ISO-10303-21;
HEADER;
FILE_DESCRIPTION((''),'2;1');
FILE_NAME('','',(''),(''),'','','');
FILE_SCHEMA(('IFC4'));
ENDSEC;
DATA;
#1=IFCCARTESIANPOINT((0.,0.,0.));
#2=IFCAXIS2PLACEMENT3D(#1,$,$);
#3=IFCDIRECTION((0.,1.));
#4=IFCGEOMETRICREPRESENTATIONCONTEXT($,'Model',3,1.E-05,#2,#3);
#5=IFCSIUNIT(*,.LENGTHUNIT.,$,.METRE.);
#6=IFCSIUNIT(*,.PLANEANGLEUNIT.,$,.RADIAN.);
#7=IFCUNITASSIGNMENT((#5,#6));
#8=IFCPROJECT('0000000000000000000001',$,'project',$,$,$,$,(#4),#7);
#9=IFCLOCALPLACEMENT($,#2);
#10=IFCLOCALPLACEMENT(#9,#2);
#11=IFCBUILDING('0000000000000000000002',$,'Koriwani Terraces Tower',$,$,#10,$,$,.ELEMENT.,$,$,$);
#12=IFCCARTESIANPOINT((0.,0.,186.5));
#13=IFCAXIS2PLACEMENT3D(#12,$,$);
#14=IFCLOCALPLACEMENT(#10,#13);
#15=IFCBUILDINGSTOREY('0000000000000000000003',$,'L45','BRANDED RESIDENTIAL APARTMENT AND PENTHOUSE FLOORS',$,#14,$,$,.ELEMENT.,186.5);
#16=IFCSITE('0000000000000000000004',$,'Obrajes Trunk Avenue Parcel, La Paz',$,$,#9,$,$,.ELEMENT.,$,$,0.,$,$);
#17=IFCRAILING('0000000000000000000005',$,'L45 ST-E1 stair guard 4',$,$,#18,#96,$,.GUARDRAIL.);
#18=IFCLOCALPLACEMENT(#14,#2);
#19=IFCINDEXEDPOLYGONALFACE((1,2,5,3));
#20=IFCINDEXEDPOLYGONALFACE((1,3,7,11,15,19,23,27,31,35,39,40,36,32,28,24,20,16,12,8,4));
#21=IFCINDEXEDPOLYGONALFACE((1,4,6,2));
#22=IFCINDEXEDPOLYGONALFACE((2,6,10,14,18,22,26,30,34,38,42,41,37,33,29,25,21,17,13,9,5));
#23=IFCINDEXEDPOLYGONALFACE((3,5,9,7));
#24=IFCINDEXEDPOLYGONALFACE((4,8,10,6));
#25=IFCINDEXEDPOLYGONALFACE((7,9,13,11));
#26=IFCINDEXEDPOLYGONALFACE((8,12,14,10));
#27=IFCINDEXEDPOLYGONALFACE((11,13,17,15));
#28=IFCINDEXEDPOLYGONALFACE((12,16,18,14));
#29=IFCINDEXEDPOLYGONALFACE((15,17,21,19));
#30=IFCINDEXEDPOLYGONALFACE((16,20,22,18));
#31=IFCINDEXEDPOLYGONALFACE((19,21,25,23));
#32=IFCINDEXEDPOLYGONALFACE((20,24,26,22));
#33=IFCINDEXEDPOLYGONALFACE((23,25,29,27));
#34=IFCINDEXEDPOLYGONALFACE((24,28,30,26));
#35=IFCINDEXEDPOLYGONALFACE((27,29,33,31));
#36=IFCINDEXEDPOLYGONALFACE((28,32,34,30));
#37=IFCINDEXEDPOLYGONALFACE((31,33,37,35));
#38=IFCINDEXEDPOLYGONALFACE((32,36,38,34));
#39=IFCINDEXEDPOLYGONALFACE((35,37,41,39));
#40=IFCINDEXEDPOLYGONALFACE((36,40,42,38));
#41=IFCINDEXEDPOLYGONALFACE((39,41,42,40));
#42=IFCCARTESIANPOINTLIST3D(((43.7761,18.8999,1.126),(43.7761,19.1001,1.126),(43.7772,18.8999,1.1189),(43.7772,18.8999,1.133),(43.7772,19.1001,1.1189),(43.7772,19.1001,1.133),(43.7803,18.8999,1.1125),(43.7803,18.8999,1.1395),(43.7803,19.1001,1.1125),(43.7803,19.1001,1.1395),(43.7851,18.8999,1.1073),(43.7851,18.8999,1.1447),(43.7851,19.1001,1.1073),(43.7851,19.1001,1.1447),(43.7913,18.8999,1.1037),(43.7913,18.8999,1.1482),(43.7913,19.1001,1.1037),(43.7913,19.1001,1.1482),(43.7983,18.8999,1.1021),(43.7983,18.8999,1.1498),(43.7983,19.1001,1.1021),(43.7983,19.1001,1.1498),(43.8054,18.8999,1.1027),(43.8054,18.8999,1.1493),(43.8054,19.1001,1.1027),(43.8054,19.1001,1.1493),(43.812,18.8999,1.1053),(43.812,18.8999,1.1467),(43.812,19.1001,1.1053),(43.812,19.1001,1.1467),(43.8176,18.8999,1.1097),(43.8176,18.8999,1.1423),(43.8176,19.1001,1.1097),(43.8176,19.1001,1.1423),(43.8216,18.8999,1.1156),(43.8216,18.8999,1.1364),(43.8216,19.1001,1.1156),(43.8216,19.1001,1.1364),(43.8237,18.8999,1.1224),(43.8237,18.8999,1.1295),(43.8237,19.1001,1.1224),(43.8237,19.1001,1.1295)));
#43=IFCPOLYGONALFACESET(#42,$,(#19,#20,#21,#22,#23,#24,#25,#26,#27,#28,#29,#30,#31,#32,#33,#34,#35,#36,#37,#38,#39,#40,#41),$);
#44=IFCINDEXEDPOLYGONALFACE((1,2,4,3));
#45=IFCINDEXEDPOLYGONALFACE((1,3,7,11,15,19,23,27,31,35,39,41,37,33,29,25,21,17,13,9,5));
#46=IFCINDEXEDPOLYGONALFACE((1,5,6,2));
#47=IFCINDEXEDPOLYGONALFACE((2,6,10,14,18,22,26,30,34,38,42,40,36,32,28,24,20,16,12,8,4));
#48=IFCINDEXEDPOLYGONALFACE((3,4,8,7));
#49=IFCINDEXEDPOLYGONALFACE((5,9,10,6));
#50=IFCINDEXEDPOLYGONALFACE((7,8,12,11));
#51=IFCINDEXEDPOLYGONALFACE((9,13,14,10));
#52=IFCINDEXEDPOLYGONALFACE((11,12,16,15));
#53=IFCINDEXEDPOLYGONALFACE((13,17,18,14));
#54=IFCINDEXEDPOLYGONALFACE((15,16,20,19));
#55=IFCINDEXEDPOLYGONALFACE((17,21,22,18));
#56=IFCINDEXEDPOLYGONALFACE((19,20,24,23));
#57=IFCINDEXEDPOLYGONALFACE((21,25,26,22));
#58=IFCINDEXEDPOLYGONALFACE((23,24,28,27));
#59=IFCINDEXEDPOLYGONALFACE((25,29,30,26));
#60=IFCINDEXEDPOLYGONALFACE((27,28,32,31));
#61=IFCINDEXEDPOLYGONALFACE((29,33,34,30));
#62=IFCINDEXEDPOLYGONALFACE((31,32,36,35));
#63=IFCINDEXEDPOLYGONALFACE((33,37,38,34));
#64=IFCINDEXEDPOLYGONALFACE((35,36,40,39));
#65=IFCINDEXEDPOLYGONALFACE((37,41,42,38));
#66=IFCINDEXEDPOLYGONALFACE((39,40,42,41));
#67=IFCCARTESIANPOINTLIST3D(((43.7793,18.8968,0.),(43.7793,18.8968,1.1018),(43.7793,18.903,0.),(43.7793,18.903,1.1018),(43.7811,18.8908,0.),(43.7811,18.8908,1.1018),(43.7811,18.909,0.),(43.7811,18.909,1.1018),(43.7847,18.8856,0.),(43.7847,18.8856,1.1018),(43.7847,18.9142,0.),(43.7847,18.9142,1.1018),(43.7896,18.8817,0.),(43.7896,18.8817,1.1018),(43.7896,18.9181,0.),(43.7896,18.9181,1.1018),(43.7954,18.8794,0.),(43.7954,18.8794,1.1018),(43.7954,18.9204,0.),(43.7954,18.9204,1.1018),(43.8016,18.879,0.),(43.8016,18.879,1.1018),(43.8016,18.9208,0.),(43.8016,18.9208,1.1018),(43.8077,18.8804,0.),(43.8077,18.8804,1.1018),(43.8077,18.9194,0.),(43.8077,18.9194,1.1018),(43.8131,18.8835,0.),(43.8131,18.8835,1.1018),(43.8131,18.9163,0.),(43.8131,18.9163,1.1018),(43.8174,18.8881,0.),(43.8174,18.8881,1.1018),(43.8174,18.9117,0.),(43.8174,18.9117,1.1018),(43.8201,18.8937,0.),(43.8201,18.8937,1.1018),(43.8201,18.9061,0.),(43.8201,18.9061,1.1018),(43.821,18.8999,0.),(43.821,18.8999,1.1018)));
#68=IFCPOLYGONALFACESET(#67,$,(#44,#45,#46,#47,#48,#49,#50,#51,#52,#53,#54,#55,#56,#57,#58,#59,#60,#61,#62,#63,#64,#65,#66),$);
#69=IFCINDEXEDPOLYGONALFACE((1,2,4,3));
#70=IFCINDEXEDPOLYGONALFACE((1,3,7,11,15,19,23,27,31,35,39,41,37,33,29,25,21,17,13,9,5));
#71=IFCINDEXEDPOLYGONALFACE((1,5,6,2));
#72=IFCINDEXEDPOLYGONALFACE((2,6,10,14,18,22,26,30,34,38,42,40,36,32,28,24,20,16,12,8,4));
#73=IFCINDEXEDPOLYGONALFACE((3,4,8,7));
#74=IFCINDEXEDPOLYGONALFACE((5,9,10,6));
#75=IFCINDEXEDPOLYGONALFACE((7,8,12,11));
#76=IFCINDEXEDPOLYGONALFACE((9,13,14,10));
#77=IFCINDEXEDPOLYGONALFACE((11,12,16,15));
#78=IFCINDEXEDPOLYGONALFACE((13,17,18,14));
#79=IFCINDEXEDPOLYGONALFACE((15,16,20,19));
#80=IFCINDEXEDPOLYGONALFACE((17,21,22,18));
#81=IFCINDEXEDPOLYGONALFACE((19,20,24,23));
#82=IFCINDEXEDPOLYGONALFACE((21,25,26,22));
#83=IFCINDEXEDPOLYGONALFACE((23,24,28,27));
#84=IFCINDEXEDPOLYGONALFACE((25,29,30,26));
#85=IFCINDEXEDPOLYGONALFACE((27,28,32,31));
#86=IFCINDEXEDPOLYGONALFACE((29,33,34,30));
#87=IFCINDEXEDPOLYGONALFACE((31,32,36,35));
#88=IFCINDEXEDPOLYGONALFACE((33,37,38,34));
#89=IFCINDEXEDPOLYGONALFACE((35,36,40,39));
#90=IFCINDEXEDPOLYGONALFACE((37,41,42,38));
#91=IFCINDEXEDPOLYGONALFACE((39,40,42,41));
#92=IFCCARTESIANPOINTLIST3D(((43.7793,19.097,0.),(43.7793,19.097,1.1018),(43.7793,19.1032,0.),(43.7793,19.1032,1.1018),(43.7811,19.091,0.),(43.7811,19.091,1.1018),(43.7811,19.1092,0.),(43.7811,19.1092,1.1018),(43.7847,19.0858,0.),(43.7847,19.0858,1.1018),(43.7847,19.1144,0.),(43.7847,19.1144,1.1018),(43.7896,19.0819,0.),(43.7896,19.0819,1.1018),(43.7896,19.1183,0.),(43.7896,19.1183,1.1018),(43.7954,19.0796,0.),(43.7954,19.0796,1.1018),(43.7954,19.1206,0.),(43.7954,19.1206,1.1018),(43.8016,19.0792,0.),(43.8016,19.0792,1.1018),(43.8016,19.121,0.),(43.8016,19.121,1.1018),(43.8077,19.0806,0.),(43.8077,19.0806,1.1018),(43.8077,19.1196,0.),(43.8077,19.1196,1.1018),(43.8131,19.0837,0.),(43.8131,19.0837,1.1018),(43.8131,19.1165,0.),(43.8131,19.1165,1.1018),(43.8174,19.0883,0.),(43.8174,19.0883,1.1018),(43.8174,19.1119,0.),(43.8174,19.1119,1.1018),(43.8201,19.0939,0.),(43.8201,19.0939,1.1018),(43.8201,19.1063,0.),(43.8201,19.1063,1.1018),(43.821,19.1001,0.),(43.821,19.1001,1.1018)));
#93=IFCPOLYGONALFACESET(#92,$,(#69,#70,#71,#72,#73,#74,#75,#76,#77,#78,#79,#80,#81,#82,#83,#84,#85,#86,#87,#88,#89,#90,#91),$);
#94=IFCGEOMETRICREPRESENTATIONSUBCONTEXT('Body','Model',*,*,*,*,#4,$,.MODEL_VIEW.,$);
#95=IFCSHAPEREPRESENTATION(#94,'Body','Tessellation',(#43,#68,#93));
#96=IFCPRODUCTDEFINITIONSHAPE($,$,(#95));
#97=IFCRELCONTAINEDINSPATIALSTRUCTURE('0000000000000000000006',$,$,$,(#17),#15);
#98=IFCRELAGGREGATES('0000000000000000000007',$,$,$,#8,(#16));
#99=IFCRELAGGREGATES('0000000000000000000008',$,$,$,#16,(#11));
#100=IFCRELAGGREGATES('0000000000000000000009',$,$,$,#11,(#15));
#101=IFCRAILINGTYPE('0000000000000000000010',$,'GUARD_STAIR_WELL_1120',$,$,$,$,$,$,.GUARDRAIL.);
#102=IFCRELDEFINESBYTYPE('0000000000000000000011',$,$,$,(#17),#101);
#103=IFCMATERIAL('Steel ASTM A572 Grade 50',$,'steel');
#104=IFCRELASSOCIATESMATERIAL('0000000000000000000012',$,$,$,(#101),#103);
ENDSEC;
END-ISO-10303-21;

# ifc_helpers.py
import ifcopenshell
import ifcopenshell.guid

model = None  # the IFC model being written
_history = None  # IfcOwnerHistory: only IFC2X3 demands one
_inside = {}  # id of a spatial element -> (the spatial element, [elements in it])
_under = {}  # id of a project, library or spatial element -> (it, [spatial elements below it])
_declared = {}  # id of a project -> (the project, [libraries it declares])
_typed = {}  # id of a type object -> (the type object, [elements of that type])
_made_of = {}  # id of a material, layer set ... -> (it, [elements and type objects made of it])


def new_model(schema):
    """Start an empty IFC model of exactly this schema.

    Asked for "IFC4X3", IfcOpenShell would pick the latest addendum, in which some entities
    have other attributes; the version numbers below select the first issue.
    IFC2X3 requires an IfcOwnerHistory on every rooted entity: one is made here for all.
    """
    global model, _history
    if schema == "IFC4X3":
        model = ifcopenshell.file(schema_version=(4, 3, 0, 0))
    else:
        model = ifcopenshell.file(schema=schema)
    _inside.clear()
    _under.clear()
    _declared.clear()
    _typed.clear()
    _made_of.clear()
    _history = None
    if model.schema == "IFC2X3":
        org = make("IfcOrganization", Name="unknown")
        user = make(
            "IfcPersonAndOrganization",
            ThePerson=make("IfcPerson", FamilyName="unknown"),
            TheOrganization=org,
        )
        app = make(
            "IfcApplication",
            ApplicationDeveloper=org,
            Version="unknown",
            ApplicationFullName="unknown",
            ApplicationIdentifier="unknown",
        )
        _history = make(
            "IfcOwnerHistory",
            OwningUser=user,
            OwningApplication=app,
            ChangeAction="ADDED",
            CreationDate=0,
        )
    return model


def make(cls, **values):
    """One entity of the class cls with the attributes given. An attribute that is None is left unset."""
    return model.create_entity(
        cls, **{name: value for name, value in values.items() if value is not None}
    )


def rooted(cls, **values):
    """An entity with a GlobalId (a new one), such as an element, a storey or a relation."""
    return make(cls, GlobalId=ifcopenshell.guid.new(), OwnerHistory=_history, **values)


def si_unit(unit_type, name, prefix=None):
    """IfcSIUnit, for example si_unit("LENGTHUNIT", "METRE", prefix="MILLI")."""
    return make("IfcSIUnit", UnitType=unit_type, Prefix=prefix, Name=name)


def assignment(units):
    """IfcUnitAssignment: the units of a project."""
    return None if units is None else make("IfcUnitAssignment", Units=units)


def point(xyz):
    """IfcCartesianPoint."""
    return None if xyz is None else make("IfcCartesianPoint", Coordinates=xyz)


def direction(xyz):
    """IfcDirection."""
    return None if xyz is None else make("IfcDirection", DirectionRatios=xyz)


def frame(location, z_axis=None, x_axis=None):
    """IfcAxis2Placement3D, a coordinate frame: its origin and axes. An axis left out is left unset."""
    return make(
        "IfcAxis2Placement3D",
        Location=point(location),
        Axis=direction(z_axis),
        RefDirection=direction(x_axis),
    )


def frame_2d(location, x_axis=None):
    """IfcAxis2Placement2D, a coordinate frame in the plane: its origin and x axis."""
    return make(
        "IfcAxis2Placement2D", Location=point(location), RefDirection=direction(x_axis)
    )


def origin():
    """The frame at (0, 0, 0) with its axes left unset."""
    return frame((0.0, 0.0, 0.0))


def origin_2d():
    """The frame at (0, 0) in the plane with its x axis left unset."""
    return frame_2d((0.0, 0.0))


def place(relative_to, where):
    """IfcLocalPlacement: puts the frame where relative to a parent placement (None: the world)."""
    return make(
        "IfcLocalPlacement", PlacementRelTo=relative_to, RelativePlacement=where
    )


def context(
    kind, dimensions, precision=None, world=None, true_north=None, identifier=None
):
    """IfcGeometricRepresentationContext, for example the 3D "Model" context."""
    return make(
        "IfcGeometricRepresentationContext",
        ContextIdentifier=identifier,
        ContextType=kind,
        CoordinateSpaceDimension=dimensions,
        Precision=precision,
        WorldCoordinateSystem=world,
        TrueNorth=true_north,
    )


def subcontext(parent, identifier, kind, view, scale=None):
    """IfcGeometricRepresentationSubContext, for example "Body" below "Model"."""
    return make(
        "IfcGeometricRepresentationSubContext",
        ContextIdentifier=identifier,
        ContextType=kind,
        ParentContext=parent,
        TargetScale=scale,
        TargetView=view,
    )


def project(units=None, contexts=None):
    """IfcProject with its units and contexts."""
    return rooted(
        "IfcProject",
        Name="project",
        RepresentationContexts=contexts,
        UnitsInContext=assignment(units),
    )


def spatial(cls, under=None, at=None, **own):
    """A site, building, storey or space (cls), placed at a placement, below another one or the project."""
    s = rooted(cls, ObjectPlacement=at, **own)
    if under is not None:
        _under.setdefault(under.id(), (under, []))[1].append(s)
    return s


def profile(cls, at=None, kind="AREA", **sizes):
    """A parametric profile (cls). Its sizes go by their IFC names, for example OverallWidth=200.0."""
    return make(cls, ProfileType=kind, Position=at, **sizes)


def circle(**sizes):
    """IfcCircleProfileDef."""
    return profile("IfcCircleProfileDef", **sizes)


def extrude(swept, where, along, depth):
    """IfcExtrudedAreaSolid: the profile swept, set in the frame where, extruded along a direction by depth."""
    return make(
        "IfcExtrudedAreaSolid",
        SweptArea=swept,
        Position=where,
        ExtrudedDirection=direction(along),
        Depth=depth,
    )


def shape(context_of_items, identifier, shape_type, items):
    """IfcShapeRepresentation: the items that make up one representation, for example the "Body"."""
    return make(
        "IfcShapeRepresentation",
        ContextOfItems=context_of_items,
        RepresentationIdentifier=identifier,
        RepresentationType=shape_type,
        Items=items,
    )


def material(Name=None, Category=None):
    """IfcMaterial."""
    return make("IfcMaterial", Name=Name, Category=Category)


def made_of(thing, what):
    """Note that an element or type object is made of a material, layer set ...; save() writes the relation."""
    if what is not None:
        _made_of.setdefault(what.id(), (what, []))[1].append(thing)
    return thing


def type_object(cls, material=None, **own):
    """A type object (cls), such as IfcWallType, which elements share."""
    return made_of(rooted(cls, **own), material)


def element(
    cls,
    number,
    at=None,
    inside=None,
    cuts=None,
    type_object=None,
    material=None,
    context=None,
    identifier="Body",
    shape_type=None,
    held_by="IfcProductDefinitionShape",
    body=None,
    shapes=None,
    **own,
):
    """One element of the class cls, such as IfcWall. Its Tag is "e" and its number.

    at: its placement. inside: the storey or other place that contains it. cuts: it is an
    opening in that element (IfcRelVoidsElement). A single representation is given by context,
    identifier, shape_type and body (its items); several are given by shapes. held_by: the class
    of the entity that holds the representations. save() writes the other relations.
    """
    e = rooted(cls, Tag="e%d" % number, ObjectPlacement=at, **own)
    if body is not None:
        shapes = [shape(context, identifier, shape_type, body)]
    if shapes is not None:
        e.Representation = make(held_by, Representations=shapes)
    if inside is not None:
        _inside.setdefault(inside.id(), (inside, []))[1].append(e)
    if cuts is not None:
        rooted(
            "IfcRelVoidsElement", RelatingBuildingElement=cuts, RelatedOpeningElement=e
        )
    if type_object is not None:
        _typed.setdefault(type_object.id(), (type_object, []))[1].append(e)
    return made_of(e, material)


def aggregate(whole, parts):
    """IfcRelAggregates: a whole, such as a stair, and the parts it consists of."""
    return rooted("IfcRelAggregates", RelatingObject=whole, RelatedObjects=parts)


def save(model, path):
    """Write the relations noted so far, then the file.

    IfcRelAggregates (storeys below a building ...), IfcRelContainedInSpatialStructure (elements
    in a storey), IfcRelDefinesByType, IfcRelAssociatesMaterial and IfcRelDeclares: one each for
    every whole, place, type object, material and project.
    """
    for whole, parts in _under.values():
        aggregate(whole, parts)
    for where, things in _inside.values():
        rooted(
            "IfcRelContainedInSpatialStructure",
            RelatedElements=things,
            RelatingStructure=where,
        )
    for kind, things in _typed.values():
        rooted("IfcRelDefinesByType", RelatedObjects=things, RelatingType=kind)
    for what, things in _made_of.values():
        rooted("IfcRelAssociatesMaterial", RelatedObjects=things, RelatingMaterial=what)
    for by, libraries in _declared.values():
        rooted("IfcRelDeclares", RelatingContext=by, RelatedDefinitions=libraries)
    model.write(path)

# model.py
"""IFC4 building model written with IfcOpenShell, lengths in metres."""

from ifc_helpers import new_model, si_unit, direction, frame, origin, origin_2d, place, context, subcontext, project, spatial, circle, extrude, material, type_object, element, save


model = new_model("IFC4")

# Units and contexts
model_context = context("Model", 3, precision=1e-05, world=origin(), true_north=direction((0.0, 1.0)))
body_context = subcontext(model_context, "Body", "Model", "MODEL_VIEW")
ifc_project = project(units=[si_unit("LENGTHUNIT", "METRE"), si_unit("PLANEANGLEUNIT", "RADIAN")], contexts=[model_context])

# Site, building, storey
site_placement = place(None, origin())
site = spatial("IfcSite", under=ifc_project, at=site_placement, Name="Obrajes Trunk Avenue Parcel, La Paz", CompositionType="ELEMENT", RefElevation=0.0)
building_placement = place(site_placement, origin())
building = spatial("IfcBuilding", under=site, at=building_placement, Name="Koriwani Terraces Tower", CompositionType="ELEMENT")
storey_placement = place(building_placement, frame((0.0, 0.0, 186.5)))
storey = spatial("IfcBuildingStorey", under=building, at=storey_placement, Name="L45", Description="BRANDED RESIDENTIAL APARTMENT AND PENTHOUSE FLOORS", CompositionType="ELEMENT", Elevation=186.5)

# Shared definitions
ifc_material_1 = material(Name="Steel ASTM A572 Grade 50", Category="steel")

# Railing
railing_type_1 = type_object("IfcRailingType", Name="GUARD_STAIR_WELL_1120", PredefinedType="GUARDRAIL", material=ifc_material_1)
railing_1_placement = place(storey_placement, frame((43.8, 18.8999, 0.0)))
element("IfcRailing", 1, at=railing_1_placement, inside=storey, type_object=railing_type_1, Name="L45 ST-E1 stair guard 4", PredefinedType="GUARDRAIL", context=body_context, shape_type="SweptSolid", body=[
    extrude(circle(Radius=0.0239, at=origin_2d()), frame((0.0, 0.0, 1.126), z_axis=(0.0, 1.0, 0.0), x_axis=(-1.0, 0.0, 0.0)), (0.0, 0.0, 1.0), 0.2002),
    extrude(circle(Radius=0.021, at=origin_2d()), origin(), (0.0, 0.0, 1.0), 1.1018),
    extrude(circle(Radius=0.021, at=origin_2d()), frame((0.0, 0.2002, 0.0)), (0.0, 0.0, 1.0), 1.1018),
])

save(model, "model.ifc")
